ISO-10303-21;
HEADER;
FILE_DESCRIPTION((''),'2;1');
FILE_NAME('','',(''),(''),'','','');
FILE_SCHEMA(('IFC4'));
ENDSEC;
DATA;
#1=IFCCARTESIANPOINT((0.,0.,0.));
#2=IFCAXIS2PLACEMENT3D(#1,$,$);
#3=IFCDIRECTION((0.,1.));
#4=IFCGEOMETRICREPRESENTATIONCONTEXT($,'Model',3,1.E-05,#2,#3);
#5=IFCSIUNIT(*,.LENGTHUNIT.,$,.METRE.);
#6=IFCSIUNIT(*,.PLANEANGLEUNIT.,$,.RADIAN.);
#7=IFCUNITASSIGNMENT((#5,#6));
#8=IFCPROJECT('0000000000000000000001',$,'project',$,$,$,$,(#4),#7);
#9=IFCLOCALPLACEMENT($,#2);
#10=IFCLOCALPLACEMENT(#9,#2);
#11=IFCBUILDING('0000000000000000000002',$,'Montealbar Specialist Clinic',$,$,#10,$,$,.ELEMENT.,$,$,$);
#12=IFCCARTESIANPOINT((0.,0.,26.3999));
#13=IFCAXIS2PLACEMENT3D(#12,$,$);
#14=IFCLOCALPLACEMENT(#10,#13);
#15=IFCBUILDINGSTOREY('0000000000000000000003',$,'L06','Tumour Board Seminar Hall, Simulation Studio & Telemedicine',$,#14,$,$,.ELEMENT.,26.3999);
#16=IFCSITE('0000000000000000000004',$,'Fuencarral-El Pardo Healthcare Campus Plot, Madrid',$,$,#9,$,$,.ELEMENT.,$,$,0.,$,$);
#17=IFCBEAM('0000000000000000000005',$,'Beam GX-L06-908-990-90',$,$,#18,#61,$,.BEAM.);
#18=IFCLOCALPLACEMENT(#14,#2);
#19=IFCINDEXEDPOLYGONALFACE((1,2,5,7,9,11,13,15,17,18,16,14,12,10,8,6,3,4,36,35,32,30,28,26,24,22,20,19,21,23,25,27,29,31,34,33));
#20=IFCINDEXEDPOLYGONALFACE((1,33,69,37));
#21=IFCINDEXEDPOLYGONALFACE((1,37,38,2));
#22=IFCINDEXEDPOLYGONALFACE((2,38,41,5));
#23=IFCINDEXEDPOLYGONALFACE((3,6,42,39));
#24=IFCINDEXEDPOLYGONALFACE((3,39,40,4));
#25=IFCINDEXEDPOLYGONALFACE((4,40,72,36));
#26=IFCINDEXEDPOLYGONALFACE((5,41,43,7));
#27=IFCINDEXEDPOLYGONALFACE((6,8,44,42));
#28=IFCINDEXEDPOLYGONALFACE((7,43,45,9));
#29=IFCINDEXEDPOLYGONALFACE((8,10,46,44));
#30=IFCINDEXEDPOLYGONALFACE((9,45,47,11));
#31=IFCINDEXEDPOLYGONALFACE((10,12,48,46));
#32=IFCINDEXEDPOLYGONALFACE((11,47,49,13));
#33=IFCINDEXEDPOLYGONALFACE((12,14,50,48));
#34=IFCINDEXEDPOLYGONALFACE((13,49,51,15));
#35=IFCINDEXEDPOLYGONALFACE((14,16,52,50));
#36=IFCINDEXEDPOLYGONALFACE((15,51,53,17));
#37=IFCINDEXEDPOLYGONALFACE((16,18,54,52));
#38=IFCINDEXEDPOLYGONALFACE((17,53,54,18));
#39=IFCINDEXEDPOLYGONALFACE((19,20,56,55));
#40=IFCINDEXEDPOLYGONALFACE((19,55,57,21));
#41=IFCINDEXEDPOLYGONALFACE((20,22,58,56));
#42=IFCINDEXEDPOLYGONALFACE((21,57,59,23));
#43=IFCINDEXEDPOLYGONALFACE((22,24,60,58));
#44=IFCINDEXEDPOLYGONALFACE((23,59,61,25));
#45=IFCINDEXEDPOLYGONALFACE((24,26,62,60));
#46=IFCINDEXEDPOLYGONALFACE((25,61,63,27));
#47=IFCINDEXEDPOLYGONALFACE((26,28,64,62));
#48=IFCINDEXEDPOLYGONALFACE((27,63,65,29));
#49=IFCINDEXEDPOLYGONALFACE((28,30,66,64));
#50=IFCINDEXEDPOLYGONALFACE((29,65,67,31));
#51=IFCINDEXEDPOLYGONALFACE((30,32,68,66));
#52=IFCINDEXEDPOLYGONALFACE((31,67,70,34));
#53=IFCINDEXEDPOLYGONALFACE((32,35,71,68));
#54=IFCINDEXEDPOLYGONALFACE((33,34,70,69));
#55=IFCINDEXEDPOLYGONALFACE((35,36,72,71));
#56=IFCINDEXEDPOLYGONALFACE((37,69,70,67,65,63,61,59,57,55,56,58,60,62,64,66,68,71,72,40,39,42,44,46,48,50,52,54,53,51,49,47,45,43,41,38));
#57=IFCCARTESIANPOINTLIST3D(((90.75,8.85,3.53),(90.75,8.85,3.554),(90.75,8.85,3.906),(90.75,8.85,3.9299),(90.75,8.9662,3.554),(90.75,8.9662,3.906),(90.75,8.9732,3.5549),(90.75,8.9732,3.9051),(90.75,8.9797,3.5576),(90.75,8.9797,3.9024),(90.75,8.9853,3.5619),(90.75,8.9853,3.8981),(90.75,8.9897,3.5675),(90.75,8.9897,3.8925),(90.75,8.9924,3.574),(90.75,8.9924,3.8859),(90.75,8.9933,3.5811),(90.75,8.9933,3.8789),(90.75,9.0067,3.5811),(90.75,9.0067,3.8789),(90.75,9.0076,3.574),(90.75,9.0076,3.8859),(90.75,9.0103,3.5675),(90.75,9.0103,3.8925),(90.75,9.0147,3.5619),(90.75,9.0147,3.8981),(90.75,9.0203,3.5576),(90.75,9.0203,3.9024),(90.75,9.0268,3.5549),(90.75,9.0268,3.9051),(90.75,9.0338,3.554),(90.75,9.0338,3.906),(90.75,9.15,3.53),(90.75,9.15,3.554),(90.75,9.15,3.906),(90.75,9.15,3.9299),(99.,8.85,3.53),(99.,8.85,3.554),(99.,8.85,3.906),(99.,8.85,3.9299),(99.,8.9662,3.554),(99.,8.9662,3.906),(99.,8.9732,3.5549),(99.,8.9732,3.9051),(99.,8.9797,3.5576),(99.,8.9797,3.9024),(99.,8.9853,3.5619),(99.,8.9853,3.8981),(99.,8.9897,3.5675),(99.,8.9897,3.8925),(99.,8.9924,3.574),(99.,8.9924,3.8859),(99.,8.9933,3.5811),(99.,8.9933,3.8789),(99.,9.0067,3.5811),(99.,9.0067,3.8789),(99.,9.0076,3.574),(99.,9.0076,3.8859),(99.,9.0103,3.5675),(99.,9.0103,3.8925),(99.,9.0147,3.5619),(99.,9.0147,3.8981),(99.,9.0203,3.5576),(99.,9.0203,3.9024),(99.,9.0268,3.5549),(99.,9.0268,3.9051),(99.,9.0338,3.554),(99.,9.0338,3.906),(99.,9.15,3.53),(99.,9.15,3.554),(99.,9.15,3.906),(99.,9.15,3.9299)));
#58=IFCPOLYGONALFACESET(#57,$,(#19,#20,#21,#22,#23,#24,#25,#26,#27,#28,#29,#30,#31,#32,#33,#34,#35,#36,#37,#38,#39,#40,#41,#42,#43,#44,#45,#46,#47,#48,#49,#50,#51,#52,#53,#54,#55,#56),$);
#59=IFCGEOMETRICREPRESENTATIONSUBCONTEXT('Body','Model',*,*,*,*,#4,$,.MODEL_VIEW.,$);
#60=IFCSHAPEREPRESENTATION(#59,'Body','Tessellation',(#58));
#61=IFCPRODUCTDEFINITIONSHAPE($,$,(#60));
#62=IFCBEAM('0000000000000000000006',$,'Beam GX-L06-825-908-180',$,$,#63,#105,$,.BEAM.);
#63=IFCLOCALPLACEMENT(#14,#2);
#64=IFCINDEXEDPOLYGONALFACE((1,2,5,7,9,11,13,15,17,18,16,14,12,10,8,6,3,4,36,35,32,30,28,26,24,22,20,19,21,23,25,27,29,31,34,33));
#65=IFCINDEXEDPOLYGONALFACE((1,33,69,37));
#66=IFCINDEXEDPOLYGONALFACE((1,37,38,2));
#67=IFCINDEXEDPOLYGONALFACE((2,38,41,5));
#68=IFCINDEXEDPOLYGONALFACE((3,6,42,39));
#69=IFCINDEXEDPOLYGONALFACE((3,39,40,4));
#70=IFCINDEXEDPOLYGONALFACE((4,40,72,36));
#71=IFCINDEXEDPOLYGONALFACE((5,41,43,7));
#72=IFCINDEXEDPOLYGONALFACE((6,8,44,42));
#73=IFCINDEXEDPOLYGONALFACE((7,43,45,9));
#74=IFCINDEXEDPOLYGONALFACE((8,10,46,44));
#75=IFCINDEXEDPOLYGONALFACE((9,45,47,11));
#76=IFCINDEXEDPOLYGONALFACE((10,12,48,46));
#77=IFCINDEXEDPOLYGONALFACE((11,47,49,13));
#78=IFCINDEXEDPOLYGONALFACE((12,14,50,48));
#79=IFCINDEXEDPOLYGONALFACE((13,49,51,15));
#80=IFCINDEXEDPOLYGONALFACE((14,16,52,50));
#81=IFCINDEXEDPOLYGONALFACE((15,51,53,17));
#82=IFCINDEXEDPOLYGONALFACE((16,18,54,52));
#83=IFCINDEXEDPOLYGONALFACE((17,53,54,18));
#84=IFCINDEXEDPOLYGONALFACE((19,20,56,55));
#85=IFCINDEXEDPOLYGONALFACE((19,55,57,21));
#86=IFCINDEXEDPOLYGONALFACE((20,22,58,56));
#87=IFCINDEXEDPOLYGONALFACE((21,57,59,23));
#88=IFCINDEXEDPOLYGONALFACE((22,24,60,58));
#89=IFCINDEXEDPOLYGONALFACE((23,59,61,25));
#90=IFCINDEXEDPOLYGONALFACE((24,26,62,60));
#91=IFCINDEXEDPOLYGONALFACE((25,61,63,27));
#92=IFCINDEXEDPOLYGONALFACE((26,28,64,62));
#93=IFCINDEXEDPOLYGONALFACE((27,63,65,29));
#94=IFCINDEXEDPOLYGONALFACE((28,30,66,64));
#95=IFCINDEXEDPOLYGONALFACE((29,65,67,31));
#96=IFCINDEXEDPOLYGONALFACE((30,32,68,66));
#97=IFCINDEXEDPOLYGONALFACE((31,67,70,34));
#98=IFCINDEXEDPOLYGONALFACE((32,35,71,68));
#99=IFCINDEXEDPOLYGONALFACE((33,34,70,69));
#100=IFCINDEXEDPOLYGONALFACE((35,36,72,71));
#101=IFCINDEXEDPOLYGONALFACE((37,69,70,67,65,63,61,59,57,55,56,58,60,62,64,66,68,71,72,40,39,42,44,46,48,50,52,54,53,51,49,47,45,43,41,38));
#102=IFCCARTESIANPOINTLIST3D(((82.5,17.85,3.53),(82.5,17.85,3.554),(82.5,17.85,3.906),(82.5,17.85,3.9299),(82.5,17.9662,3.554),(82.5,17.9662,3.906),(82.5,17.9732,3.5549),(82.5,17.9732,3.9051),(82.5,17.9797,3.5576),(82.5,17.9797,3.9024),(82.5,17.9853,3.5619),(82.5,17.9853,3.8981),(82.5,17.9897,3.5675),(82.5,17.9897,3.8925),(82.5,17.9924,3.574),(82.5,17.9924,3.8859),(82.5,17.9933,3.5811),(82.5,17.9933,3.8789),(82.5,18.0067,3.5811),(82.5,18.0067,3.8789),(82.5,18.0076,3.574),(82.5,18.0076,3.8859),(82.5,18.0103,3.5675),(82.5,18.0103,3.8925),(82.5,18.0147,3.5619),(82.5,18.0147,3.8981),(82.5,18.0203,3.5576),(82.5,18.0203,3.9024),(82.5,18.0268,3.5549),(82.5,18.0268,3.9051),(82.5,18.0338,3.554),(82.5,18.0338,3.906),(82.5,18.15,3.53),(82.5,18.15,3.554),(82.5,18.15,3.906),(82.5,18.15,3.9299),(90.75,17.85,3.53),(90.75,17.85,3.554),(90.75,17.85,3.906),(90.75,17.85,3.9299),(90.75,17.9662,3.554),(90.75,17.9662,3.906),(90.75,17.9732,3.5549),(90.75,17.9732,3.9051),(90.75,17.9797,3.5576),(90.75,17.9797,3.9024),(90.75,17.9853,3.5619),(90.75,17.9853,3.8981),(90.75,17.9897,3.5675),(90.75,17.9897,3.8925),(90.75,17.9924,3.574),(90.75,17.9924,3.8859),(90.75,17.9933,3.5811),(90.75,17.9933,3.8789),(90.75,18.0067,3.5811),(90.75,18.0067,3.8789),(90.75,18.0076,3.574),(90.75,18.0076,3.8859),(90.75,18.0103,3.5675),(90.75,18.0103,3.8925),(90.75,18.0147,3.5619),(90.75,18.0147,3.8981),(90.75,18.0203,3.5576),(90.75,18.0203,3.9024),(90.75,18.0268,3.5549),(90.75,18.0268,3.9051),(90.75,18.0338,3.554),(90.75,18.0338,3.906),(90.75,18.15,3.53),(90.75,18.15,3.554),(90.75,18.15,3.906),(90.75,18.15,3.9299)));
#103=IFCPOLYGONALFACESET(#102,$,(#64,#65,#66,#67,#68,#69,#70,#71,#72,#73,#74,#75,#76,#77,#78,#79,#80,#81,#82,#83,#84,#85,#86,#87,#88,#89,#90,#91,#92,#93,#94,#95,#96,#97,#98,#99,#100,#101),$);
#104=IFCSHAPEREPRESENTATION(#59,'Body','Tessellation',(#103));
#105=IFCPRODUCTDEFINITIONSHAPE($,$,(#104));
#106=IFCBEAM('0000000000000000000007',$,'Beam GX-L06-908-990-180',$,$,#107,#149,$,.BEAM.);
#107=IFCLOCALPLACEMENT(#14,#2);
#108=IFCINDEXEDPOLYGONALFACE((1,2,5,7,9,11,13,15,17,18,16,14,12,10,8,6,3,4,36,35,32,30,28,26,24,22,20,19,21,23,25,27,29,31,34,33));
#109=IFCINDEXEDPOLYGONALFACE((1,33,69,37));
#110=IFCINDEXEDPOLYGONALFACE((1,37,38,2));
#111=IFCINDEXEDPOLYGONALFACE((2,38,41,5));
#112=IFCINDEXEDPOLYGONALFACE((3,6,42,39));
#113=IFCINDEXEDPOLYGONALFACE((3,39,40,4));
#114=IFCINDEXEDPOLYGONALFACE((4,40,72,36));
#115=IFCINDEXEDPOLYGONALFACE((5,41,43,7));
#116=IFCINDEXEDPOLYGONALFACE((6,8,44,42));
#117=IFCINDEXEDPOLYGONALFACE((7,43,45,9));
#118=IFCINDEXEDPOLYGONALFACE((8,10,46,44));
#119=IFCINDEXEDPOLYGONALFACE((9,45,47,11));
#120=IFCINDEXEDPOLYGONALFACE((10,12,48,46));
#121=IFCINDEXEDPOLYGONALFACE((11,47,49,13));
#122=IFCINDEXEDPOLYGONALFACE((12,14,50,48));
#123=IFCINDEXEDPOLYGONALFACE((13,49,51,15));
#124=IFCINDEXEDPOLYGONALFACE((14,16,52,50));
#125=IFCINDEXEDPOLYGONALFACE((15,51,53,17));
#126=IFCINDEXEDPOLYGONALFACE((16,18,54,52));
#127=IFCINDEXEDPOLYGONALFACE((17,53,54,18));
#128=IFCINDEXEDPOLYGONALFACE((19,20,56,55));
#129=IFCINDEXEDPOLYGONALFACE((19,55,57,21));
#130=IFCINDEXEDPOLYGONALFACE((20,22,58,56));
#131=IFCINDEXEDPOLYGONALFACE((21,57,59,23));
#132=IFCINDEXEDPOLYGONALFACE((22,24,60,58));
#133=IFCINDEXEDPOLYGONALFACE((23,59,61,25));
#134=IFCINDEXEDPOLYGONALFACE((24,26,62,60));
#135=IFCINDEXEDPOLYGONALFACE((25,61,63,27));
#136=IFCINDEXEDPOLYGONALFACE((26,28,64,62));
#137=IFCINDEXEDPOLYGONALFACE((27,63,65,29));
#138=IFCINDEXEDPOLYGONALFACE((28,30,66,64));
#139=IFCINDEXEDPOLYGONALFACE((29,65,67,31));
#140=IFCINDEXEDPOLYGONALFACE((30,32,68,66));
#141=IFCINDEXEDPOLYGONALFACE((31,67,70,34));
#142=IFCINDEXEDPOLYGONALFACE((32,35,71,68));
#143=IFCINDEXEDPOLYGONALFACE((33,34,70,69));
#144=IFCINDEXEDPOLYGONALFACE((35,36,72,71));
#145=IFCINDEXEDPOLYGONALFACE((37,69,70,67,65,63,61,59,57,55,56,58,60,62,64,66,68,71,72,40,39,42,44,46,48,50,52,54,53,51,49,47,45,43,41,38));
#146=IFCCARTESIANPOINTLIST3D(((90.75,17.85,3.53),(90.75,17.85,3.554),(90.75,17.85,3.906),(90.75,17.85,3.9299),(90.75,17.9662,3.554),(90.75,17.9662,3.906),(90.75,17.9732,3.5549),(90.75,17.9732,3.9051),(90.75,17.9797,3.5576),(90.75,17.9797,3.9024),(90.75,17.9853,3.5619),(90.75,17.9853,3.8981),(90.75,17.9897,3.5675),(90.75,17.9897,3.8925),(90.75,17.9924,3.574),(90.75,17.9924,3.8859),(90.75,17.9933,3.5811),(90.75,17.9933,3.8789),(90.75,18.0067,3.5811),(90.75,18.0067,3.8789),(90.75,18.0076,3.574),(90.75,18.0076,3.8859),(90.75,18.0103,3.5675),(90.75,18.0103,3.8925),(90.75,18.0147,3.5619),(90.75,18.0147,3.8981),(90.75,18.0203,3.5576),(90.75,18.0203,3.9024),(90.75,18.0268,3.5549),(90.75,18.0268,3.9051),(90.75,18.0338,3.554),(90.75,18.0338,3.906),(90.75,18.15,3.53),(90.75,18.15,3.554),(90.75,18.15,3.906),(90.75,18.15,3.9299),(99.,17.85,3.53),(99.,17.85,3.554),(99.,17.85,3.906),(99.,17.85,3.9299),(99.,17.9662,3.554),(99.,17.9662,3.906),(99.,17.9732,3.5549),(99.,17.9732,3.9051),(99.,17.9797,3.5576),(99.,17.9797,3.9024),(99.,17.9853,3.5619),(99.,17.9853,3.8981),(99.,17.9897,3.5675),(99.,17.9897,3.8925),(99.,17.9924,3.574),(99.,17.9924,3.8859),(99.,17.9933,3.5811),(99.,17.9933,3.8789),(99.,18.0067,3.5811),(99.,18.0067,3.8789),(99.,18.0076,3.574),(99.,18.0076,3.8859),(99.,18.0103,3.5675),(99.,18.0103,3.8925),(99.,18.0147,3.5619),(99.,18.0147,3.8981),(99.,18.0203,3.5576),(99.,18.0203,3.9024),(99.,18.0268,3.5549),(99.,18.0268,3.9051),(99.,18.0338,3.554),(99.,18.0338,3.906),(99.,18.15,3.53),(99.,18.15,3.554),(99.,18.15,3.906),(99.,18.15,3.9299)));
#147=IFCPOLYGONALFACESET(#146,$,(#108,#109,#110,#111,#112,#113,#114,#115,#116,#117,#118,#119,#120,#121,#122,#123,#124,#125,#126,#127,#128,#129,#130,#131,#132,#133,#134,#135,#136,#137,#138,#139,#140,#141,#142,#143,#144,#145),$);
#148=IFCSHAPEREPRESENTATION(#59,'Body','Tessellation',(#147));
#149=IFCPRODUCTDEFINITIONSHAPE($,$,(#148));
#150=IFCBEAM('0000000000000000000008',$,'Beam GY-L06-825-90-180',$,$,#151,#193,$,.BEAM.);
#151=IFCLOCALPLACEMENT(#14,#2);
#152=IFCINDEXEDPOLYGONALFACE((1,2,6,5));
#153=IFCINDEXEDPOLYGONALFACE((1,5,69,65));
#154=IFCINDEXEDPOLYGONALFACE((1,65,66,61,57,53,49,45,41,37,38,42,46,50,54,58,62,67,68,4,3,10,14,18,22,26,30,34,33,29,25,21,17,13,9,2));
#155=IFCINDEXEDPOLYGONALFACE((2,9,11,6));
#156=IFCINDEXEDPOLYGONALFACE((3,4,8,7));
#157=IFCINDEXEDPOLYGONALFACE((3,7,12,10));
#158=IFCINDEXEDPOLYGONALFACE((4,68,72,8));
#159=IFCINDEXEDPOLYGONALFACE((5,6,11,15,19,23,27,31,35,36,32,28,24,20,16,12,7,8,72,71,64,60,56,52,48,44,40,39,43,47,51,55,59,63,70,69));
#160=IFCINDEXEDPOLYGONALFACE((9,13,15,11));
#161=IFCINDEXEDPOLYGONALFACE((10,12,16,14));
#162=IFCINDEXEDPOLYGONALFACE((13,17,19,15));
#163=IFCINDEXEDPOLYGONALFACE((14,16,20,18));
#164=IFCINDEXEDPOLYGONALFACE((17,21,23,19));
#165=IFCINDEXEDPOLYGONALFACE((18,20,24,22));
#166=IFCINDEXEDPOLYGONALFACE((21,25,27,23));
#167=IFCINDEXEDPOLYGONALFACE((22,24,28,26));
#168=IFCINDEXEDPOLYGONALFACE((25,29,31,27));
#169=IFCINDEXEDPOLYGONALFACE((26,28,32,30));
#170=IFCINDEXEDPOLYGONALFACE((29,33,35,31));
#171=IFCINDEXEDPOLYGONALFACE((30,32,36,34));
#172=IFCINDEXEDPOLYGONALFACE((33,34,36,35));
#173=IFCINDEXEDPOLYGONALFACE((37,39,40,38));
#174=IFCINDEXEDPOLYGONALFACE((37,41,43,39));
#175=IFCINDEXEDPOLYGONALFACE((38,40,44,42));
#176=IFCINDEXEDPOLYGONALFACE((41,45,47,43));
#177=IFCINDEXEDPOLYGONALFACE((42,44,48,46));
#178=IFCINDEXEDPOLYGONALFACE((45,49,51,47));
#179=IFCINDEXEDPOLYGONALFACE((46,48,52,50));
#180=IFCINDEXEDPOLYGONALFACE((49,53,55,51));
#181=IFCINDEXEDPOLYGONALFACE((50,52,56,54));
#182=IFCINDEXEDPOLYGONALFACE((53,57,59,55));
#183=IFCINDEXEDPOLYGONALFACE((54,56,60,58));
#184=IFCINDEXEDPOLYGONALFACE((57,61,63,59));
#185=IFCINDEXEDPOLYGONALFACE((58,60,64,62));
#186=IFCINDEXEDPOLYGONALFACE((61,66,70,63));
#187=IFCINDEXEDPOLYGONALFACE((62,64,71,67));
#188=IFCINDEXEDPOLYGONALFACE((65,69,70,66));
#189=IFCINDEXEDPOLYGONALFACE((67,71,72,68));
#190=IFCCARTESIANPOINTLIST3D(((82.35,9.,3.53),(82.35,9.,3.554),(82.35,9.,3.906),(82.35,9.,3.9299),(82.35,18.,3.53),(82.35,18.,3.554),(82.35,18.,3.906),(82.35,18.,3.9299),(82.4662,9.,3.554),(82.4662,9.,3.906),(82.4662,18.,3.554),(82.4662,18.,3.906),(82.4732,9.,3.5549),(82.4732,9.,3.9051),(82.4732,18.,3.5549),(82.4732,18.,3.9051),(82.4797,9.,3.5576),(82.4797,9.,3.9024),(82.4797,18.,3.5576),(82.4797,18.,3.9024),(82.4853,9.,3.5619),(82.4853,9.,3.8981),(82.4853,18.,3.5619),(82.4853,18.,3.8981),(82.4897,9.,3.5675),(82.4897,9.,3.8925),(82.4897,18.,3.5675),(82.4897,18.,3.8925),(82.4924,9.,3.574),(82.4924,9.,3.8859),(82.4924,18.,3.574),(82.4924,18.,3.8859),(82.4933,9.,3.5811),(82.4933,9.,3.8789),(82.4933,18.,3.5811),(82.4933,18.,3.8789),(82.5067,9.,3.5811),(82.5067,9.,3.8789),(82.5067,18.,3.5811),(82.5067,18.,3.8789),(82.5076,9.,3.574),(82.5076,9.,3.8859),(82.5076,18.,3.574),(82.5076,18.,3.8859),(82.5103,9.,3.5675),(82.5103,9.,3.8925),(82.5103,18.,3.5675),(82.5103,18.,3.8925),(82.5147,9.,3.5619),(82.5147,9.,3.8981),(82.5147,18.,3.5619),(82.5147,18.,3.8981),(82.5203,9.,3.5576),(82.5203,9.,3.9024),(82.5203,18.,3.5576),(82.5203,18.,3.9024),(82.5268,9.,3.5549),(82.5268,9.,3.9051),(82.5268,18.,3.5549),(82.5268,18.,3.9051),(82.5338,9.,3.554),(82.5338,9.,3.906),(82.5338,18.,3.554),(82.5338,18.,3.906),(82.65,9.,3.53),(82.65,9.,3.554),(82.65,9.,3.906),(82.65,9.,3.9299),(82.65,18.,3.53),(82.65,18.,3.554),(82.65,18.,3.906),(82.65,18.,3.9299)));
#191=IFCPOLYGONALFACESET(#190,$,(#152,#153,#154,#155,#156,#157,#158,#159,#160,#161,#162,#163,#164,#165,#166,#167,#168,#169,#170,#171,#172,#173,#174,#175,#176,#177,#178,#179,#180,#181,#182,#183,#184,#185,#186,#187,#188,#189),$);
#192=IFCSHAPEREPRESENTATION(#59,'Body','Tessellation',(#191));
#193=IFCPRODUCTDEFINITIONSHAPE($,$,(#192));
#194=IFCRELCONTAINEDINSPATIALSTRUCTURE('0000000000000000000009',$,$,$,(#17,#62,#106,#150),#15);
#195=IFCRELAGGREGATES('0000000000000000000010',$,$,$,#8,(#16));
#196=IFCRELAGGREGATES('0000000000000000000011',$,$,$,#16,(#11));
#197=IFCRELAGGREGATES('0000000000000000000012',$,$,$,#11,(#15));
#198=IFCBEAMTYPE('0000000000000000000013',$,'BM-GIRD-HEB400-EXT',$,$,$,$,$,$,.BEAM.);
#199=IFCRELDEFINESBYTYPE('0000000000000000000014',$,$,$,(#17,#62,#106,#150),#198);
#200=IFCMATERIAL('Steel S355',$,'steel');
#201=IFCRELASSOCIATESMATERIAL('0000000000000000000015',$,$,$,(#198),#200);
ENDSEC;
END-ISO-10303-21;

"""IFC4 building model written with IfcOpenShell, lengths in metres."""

from ifc_helpers import new_model, si_unit, direction, frame, origin, origin_2d, place, context, subcontext, project, spatial, i_section, extrude, material, material_profile, profile_set, type_object, element, save


model = new_model("IFC4")

# Units and contexts
model_context = context("Model", 3, precision=1e-05, world=origin(), true_north=direction((0.0, 1.0)))
body_context = subcontext(model_context, "Body", "Model", "MODEL_VIEW")
ifc_project = project(units=[si_unit("LENGTHUNIT", "METRE"), si_unit("PLANEANGLEUNIT", "RADIAN")], contexts=[model_context])

# Site, building, storey
site_placement = place(None, origin())
site = spatial("IfcSite", under=ifc_project, at=site_placement, Name="Fuencarral-El Pardo Healthcare Campus Plot, Madrid", CompositionType="ELEMENT", RefElevation=0.0)
building_placement = place(site_placement, origin())
building = spatial("IfcBuilding", under=site, at=building_placement, Name="Montealbar Specialist Clinic", CompositionType="ELEMENT")
storey_placement = place(building_placement, frame((0.0, 0.0, 26.3999)))
storey = spatial("IfcBuildingStorey", under=building, at=storey_placement, Name="L06", Description="Tumour Board Seminar Hall, Simulation Studio & Telemedicine", CompositionType="ELEMENT", Elevation=26.3999)

# Shared definitions
ifc_material_1 = material(Name="Steel S355", Category="steel")

# Beams
ifc_material_profile_1 = material_profile(ifc_material_1, i_section(OverallWidth=0.3, OverallDepth=0.3999, WebThickness=0.0134, FlangeThickness=0.0239, FilletRadius=0.0271, at=origin_2d()), Name="HEB 400", Category="steel")
ifc_profile_set_1 = profile_set([ifc_material_profile_1], Name="Steel S355")
beam_type_1 = type_object("IfcBeamType", Name="BM-GIRD-HEB400-EXT", PredefinedType="BEAM", material=ifc_profile_set_1)
for number, where, z_axis, x_axis, name in (
    (1, (90.75, 9.0, 3.73), (1.0, 0.0, 0.0), (0.0, 1.0, 0.0), "Beam GX-L06-908-990-90"),
    (2, (82.5, 18.0, 3.73), (1.0, 0.0, 0.0), (0.0, 1.0, 0.0), "Beam GX-L06-825-908-180"),
    (3, (90.75, 18.0, 3.73), (1.0, 0.0, 0.0), (0.0, 1.0, 0.0), "Beam GX-L06-908-990-180"),
):
    element("IfcBeam", number, at=place(storey_placement, frame(where, z_axis=z_axis, x_axis=x_axis)), inside=storey, type_object=beam_type_1, Name=name, PredefinedType="BEAM", context=body_context, shape_type="SweptSolid", body=[
        extrude(i_section(OverallWidth=0.3, OverallDepth=0.3999, WebThickness=0.0134, FlangeThickness=0.0239, FilletRadius=0.0271, at=origin_2d()), origin(), (0.0, 0.0, 1.0), 8.25),
    ])
for number, where, z_axis, x_axis, name in (
    (4, (82.5, 9.0, 3.73), (0.0, 1.0, 0.0), (-1.0, 0.0, 0.0), "Beam GY-L06-825-90-180"),
):
    element("IfcBeam", number, at=place(storey_placement, frame(where, z_axis=z_axis, x_axis=x_axis)), inside=storey, type_object=beam_type_1, Name=name, PredefinedType="BEAM", context=body_context, shape_type="SweptSolid", body=[
        extrude(i_section(OverallWidth=0.3, OverallDepth=0.3999, WebThickness=0.0134, FlangeThickness=0.0239, FilletRadius=0.0271, at=origin_2d()), origin(), (0.0, 0.0, 1.0), 9.0),
    ])

save(model, "model.ifc")
